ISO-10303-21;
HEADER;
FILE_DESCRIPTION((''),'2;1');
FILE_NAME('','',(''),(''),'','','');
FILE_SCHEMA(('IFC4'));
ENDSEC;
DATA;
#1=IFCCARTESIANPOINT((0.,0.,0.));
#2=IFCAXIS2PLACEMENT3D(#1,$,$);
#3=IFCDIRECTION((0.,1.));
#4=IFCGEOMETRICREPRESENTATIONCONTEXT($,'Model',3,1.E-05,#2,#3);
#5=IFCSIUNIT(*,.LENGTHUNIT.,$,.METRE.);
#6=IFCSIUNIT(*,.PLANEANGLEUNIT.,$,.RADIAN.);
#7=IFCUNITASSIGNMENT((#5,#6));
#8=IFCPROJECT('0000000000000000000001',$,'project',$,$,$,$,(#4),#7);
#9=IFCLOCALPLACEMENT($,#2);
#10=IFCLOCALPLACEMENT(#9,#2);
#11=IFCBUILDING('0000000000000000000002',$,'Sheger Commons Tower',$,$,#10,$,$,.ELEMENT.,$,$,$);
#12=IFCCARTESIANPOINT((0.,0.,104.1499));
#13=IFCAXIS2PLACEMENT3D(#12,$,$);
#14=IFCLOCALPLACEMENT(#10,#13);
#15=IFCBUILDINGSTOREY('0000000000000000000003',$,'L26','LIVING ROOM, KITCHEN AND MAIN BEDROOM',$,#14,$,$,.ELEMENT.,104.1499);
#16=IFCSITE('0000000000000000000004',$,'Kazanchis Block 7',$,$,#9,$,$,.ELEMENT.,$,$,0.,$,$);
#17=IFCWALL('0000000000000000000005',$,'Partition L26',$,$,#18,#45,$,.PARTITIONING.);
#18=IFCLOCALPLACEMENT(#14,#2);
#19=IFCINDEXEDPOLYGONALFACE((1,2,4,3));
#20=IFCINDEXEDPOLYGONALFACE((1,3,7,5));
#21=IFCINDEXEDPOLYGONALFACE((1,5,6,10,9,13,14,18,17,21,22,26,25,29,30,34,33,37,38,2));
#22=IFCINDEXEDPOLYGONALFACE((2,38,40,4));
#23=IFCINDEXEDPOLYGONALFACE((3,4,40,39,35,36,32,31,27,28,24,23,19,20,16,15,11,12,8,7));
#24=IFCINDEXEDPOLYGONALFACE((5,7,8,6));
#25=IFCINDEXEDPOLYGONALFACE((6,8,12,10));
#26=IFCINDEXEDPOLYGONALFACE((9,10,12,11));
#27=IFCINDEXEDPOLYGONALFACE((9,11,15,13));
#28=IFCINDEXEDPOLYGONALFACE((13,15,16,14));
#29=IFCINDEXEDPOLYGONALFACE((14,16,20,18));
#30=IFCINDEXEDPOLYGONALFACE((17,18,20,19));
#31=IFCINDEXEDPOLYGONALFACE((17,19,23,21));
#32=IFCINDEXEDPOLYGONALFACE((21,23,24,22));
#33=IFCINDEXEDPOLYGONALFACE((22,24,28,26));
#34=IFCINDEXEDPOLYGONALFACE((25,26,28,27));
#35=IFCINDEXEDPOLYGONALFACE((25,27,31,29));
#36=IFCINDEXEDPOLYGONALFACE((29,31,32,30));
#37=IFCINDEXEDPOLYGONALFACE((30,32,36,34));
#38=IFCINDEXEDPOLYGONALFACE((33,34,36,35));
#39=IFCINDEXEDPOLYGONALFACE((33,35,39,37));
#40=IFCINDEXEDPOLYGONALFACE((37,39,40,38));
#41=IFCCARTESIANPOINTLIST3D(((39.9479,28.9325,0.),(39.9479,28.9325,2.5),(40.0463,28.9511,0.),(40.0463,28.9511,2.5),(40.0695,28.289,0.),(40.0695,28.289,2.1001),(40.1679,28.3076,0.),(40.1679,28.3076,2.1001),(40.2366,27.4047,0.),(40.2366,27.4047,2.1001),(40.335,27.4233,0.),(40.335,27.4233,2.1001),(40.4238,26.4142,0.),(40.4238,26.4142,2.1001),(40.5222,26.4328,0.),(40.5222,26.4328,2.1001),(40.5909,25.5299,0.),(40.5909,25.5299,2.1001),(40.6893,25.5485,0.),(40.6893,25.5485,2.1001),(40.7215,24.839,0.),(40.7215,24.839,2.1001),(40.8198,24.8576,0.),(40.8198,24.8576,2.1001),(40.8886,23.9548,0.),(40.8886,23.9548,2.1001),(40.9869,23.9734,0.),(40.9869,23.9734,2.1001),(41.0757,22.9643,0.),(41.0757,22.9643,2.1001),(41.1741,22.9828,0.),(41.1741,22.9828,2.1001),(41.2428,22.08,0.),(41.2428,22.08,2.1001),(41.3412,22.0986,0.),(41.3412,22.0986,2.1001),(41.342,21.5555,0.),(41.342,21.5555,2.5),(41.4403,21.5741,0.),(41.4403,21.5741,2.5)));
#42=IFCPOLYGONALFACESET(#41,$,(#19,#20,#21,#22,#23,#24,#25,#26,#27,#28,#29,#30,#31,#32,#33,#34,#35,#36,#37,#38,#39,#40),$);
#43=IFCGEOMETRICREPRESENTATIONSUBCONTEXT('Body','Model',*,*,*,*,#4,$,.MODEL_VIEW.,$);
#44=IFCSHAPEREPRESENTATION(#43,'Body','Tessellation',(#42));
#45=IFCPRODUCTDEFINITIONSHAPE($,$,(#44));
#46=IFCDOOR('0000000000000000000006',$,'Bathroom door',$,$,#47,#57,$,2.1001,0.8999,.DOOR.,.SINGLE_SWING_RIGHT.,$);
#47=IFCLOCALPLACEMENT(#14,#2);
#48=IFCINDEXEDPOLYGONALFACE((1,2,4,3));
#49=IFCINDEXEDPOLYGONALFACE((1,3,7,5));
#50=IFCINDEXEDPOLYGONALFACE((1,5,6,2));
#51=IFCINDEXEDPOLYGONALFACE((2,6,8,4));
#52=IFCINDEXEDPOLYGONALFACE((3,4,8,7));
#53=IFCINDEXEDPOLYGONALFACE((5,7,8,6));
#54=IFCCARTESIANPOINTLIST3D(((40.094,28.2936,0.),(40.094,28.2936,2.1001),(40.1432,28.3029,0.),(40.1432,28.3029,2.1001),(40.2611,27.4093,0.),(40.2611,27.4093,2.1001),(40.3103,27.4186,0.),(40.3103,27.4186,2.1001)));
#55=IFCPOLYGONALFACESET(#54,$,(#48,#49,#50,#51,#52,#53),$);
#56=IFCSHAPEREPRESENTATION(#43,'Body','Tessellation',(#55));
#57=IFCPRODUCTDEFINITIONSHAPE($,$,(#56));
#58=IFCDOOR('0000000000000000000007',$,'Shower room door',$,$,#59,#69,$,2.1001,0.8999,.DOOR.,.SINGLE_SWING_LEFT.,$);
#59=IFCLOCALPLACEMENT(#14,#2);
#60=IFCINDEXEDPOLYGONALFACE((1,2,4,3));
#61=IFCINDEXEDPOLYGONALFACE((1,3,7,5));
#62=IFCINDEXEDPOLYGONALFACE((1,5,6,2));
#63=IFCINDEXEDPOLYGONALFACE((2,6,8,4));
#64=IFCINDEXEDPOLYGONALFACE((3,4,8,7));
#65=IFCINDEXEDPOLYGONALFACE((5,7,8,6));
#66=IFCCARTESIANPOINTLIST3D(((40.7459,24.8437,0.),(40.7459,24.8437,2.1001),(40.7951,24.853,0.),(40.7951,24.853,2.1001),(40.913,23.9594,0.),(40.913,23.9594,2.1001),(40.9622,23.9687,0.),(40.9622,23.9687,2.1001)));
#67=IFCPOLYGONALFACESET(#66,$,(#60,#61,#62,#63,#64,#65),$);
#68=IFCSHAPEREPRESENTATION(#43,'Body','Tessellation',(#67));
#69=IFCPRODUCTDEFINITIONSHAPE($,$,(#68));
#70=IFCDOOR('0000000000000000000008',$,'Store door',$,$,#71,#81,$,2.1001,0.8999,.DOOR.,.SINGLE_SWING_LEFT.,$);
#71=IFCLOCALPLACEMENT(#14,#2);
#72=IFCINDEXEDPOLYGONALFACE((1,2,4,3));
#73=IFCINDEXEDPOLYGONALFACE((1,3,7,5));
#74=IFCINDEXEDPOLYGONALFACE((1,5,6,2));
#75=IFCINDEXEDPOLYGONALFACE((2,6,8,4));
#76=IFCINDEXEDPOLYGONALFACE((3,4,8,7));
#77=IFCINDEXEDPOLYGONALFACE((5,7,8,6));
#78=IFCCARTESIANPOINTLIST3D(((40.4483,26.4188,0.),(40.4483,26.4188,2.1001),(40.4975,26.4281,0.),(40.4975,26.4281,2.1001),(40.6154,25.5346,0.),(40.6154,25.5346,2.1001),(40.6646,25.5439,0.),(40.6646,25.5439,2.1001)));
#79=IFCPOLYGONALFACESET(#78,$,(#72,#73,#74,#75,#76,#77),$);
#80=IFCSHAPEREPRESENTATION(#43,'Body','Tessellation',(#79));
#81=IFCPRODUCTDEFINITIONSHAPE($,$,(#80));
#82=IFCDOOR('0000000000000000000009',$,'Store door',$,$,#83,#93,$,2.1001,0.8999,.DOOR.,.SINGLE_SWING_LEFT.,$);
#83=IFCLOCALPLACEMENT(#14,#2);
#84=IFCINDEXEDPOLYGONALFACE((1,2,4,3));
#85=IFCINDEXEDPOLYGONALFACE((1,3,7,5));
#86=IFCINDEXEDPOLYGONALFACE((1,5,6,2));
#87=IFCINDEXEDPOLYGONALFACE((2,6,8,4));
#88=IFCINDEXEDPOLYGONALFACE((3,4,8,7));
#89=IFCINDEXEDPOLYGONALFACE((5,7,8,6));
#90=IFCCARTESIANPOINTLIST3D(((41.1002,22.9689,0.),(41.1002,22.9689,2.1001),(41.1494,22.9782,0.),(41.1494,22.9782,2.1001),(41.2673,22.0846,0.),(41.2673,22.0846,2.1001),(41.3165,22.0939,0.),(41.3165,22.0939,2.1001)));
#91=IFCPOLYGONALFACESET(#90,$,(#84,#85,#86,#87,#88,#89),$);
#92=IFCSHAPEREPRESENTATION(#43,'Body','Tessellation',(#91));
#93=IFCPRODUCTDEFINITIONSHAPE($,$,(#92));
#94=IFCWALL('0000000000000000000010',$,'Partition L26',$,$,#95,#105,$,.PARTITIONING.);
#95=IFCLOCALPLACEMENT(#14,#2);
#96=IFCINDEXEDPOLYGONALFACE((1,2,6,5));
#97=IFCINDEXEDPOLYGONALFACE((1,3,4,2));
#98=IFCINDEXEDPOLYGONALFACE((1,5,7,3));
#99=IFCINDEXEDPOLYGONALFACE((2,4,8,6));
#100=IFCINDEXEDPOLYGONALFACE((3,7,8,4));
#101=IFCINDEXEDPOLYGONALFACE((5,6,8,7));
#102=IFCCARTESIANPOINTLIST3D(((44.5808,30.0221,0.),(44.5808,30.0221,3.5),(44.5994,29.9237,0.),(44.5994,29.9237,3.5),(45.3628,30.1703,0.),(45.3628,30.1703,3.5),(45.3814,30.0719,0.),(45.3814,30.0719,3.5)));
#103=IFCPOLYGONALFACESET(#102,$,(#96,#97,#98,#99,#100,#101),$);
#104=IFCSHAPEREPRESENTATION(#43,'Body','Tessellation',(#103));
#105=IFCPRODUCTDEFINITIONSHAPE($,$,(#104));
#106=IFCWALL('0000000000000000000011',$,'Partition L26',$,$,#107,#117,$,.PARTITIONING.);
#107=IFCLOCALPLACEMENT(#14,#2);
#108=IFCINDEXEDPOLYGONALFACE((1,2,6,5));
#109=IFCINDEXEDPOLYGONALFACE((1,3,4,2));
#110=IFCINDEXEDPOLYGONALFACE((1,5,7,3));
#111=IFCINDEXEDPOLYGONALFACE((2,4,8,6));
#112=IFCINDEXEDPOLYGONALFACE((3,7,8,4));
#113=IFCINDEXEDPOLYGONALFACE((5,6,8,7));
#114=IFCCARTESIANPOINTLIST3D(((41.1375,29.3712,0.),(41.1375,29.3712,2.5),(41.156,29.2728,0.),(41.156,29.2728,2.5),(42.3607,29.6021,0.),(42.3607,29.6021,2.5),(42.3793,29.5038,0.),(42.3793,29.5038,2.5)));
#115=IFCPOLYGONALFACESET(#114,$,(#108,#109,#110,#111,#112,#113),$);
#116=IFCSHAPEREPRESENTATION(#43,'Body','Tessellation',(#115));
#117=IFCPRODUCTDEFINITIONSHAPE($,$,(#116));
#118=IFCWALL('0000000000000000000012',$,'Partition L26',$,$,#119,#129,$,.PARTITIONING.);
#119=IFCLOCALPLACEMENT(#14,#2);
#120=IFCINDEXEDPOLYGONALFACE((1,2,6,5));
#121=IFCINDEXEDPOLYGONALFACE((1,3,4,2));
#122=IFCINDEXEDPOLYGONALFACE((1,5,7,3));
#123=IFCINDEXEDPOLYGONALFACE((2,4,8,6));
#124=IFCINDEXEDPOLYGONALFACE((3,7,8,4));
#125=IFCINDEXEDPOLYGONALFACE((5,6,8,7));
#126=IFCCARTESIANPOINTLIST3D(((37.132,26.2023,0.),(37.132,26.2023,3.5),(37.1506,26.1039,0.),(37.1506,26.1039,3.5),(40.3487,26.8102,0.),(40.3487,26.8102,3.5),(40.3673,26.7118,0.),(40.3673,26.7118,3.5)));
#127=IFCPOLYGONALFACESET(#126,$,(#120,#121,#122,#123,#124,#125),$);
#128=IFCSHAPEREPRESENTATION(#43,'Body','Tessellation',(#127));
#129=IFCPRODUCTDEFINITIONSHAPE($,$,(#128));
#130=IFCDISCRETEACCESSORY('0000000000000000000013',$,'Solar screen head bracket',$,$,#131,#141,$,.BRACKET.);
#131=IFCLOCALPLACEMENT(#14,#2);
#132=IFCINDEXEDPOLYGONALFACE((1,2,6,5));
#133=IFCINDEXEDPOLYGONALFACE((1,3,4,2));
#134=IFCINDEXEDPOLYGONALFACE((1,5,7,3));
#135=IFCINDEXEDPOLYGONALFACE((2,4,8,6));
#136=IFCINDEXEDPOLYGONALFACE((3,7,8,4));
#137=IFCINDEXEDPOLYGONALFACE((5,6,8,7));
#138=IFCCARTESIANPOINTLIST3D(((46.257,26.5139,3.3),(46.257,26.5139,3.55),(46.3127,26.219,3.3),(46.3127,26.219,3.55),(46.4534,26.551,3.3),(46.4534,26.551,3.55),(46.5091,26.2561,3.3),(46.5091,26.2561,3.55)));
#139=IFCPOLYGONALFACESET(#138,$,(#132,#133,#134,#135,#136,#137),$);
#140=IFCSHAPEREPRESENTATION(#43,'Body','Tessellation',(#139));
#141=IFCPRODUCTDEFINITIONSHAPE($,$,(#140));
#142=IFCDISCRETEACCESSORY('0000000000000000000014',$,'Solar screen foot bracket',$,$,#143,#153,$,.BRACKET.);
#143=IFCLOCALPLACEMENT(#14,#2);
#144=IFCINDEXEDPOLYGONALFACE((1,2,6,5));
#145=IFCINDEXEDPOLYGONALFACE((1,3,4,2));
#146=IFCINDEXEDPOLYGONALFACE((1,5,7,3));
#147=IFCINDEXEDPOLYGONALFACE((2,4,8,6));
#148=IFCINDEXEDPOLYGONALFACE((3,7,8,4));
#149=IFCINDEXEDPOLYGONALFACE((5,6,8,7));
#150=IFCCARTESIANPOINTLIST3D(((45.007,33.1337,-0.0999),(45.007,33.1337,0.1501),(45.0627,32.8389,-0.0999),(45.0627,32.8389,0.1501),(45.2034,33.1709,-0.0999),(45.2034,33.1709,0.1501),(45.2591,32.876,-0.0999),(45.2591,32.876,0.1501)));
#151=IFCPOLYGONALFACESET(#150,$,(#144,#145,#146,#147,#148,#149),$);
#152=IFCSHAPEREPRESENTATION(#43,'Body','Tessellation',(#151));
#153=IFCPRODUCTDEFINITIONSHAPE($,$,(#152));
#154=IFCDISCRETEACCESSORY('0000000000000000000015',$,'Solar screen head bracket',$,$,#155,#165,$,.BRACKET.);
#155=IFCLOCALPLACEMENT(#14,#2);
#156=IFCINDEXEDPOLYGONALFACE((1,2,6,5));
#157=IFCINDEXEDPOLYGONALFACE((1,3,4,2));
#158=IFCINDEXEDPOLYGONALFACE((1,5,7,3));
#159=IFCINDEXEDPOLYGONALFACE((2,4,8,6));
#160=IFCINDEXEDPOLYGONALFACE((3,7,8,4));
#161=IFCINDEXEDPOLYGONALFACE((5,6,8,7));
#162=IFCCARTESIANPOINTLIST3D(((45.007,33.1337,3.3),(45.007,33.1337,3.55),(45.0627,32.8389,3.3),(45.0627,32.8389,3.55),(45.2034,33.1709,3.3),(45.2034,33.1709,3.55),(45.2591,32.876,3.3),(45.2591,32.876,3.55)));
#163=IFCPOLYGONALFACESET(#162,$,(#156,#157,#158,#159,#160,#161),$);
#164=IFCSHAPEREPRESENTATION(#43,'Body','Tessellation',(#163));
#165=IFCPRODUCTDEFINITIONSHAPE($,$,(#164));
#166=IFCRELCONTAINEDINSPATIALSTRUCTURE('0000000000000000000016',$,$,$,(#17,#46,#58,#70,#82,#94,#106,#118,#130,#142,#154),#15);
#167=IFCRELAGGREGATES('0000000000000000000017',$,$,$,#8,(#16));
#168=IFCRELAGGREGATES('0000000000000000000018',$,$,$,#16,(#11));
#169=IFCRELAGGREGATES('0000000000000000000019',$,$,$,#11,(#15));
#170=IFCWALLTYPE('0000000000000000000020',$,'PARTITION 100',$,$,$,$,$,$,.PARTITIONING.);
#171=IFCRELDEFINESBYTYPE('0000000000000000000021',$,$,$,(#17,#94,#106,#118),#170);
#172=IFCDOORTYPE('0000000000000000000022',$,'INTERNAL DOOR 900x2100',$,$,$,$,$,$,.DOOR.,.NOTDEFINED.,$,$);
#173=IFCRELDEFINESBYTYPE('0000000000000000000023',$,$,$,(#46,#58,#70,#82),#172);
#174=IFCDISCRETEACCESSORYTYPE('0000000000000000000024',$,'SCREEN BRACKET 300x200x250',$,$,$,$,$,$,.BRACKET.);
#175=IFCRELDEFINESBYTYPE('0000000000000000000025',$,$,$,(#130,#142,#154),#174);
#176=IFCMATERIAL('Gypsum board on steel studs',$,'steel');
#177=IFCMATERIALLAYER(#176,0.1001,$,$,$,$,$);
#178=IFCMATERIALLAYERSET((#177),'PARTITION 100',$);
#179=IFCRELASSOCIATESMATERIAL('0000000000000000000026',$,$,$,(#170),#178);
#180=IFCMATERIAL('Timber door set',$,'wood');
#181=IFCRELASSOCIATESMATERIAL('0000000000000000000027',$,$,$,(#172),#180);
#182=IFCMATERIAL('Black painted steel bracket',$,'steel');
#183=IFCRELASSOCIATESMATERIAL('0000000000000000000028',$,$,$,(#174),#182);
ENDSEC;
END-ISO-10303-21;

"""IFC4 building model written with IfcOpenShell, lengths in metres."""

from ifc_helpers import new_model, si_unit, direction, frame, frame_2d, origin, origin_2d, place, context, subcontext, project, spatial, rectangle, extrude, material, layer, layer_set, type_object, element, fill, save


model = new_model("IFC4")

# Units and contexts
model_context = context("Model", 3, precision=1e-05, world=origin(), true_north=direction((0.0, 1.0)))
body_context = subcontext(model_context, "Body", "Model", "MODEL_VIEW")
ifc_project = project(units=[si_unit("LENGTHUNIT", "METRE"), si_unit("PLANEANGLEUNIT", "RADIAN")], contexts=[model_context])

# Site, building, storey
site_placement = place(None, origin())
site = spatial("IfcSite", under=ifc_project, at=site_placement, Name="Kazanchis Block 7", CompositionType="ELEMENT", RefElevation=0.0)
building_placement = place(site_placement, origin())
building = spatial("IfcBuilding", under=site, at=building_placement, Name="Sheger Commons Tower", CompositionType="ELEMENT")
storey_placement = place(building_placement, frame((0.0, 0.0, 104.1499)))
storey = spatial("IfcBuildingStorey", under=building, at=storey_placement, Name="L26", Description="LIVING ROOM, KITCHEN AND MAIN BEDROOM", CompositionType="ELEMENT", Elevation=104.1499)

# Wall, openings, doors
ifc_material_1 = material(Name="Gypsum board on steel studs", Category="steel")
ifc_layer_1 = layer(ifc_material_1, 0.1001)
ifc_layer_set_1 = layer_set([ifc_layer_1], Name="PARTITION 100")
wall_type_1 = type_object("IfcWallType", Name="PARTITION 100", PredefinedType="PARTITIONING", material=ifc_layer_set_1)
ifc_material_2 = material(Name="Timber door set", Category="wood")
door_type = type_object("IfcDoorType", Name="INTERNAL DOOR 900x2100", OperationType="NOTDEFINED", PredefinedType="DOOR", material=ifc_material_2)
wall_1_placement = place(storey_placement, frame((39.9971, 28.9419, 0.0), z_axis=(0.0, 0.0, 1.0), x_axis=(0.185686, -0.982609, 0.0)))
wall_1 = element("IfcWall", 1, at=wall_1_placement, inside=storey, type_object=wall_type_1, Name="Partition L26", PredefinedType="PARTITIONING", context=body_context, shape_type="SweptSolid", body=[
    extrude(rectangle(XDim=7.5076, YDim=0.1001, at=frame_2d((3.7539, 0.0))), origin(), (0.0, 0.0, 1.0), 2.5),
])
opening_1_placement = place(wall_1_placement, frame((0.655, 0.0, 0.0)))
opening_1 = element("IfcOpeningElement", 2, at=opening_1_placement, cuts=wall_1, PredefinedType="OPENING", context=body_context, shape_type="SweptSolid", body=[
    extrude(rectangle(XDim=0.8999, YDim=2.1001, at=frame_2d((0.45, 1.05))), frame((0.0, 0.0601, 0.0), z_axis=(0.0, -1.0, 0.0), x_axis=(1.0, 0.0, 0.0)), (0.0, 0.0, 1.0), 0.1201),
])
opening_2_placement = place(wall_1_placement, frame((4.166, 0.0, 0.0)))
opening_2 = element("IfcOpeningElement", 3, at=opening_2_placement, cuts=wall_1, PredefinedType="OPENING", context=body_context, shape_type="SweptSolid", body=[
    extrude(rectangle(XDim=0.8999, YDim=2.1001, at=frame_2d((0.45, 1.05))), frame((0.0, 0.0601, 0.0), z_axis=(0.0, -1.0, 0.0), x_axis=(1.0, 0.0, 0.0)), (0.0, 0.0, 1.0), 0.1201),
])
opening_3_placement = place(wall_1_placement, frame((2.563, 0.0, 0.0)))
opening_3 = element("IfcOpeningElement", 4, at=opening_3_placement, cuts=wall_1, PredefinedType="OPENING", context=body_context, shape_type="SweptSolid", body=[
    extrude(rectangle(XDim=0.8999, YDim=2.1001, at=frame_2d((0.45, 1.05))), frame((0.0, 0.0601, 0.0), z_axis=(0.0, -1.0, 0.0), x_axis=(1.0, 0.0, 0.0)), (0.0, 0.0, 1.0), 0.1201),
])
opening_4_placement = place(wall_1_placement, frame((6.074, 0.0, 0.0)))
opening_4 = element("IfcOpeningElement", 5, at=opening_4_placement, cuts=wall_1, PredefinedType="OPENING", context=body_context, shape_type="SweptSolid", body=[
    extrude(rectangle(XDim=0.8999, YDim=2.1001, at=frame_2d((0.45, 1.05))), frame((0.0, 0.0601, 0.0), z_axis=(0.0, -1.0, 0.0), x_axis=(1.0, 0.0, 0.0)), (0.0, 0.0, 1.0), 0.1201),
])
door_1_placement = place(opening_1_placement, origin())
door_1 = element("IfcDoor", 6, at=door_1_placement, inside=storey, type_object=door_type, Name="Bathroom door", OperationType="SINGLE_SWING_RIGHT", OverallHeight=2.1001, OverallWidth=0.8999, PredefinedType="DOOR", context=body_context, shape_type="SweptSolid", body=[
    extrude(rectangle(XDim=0.8999, YDim=2.1001, at=frame_2d((0.45, 1.05))), frame((0.0, 0.0249, 0.0), z_axis=(0.0, -1.0, 0.0), x_axis=(1.0, 0.0, 0.0)), (0.0, 0.0, 1.0), 0.05),
])
fill(opening_1, door_1)
door_2_placement = place(opening_2_placement, origin())
door_2 = element("IfcDoor", 7, at=door_2_placement, inside=storey, type_object=door_type, Name="Shower room door", OperationType="SINGLE_SWING_LEFT", OverallHeight=2.1001, OverallWidth=0.8999, PredefinedType="DOOR", context=body_context, shape_type="SweptSolid", body=[
    extrude(rectangle(XDim=0.8999, YDim=2.1001, at=frame_2d((0.45, 1.05))), frame((0.0, 0.0249, 0.0), z_axis=(0.0, -1.0, 0.0), x_axis=(1.0, 0.0, 0.0)), (0.0, 0.0, 1.0), 0.05),
])
fill(opening_2, door_2)
door_3_placement = place(opening_3_placement, origin())
door_3 = element("IfcDoor", 8, at=door_3_placement, inside=storey, type_object=door_type, Name="Store door", OperationType="SINGLE_SWING_LEFT", OverallHeight=2.1001, OverallWidth=0.8999, PredefinedType="DOOR", context=body_context, shape_type="SweptSolid", body=[
    extrude(rectangle(XDim=0.8999, YDim=2.1001, at=frame_2d((0.45, 1.05))), frame((0.0, 0.0249, 0.0), z_axis=(0.0, -1.0, 0.0), x_axis=(1.0, 0.0, 0.0)), (0.0, 0.0, 1.0), 0.05),
])
fill(opening_3, door_3)
door_4_placement = place(opening_4_placement, origin())
door_4 = element("IfcDoor", 9, at=door_4_placement, inside=storey, type_object=door_type, Name="Store door", OperationType="SINGLE_SWING_LEFT", OverallHeight=2.1001, OverallWidth=0.8999, PredefinedType="DOOR", context=body_context, shape_type="SweptSolid", body=[
    extrude(rectangle(XDim=0.8999, YDim=2.1001, at=frame_2d((0.45, 1.05))), frame((0.0, 0.0249, 0.0), z_axis=(0.0, -1.0, 0.0), x_axis=(1.0, 0.0, 0.0)), (0.0, 0.0, 1.0), 0.05),
])
fill(opening_4, door_4)

# Walls
wall_2_placement = place(storey_placement, frame((45.3721, 30.1211, 0.0), z_axis=(0.0, 0.0, 1.0), x_axis=(-0.982513, -0.186196, 0.0)))
element("IfcWall", 10, at=wall_2_placement, inside=storey, type_object=wall_type_1, Name="Partition L26", PredefinedType="PARTITIONING", context=body_context, shape_type="SweptSolid", body=[
    extrude(rectangle(XDim=0.7959, YDim=0.1001, at=frame_2d((0.3979, 0.0))), origin(), (0.0, 0.0, 1.0), 3.5),
])
wall_3_placement = place(storey_placement, frame((42.3701, 29.553, 0.0), z_axis=(0.0, 0.0, 1.0), x_axis=(-0.982636, -0.185544, 0.0)))
element("IfcWall", 11, at=wall_3_placement, inside=storey, type_object=wall_type_1, Name="Partition L26", PredefinedType="PARTITIONING", context=body_context, shape_type="SweptSolid", body=[
    extrude(rectangle(XDim=1.2449, YDim=0.1001, at=frame_2d((0.6226, 0.0))), origin(), (0.0, 0.0, 1.0), 2.5),
])
wall_4_placement = place(storey_placement, frame((40.3579, 26.761, 0.0), z_axis=(0.0, 0.0, 1.0), x_axis=(-0.982608, -0.185693, 0.0)))
element("IfcWall", 12, at=wall_4_placement, inside=storey, type_object=wall_type_1, Name="Partition L26", PredefinedType="PARTITIONING", context=body_context, shape_type="SweptSolid", body=[
    extrude(rectangle(XDim=3.2737, YDim=0.1001, at=frame_2d((1.6367, 0.0))), origin(), (0.0, 0.0, 1.0), 3.5),
])

# Discrete accessories
ifc_material_3 = material(Name="Black painted steel bracket", Category="steel")
discrete_accessory_type = type_object("IfcDiscreteAccessoryType", Name="SCREEN BRACKET 300x200x250", PredefinedType="BRACKET", material=ifc_material_3)
for number, where, z_axis, x_axis, name in (
    (13, (46.3831, 26.385, 3.3), (0.0, 0.0, 1.0), (-0.185615, 0.982623, 0.0), "Solar screen head bracket"),
    (14, (45.1331, 33.0049, -0.0999), (0.0, 0.0, 1.0), (-0.185615, 0.982623, 0.0), "Solar screen foot bracket"),
    (15, (45.1331, 33.0049, 3.3), (0.0, 0.0, 1.0), (-0.185615, 0.982623, 0.0), "Solar screen head bracket"),
):
    element("IfcDiscreteAccessory", number, at=place(storey_placement, frame(where, z_axis=z_axis, x_axis=x_axis)), inside=storey, type_object=discrete_accessory_type, Name=name, PredefinedType="BRACKET", context=body_context, shape_type="SweptSolid", body=[
        extrude(rectangle(XDim=0.3, YDim=0.2, at=origin_2d()), origin(), (0.0, 0.0, 1.0), 0.25),
    ])

save(model, "model.ifc")
